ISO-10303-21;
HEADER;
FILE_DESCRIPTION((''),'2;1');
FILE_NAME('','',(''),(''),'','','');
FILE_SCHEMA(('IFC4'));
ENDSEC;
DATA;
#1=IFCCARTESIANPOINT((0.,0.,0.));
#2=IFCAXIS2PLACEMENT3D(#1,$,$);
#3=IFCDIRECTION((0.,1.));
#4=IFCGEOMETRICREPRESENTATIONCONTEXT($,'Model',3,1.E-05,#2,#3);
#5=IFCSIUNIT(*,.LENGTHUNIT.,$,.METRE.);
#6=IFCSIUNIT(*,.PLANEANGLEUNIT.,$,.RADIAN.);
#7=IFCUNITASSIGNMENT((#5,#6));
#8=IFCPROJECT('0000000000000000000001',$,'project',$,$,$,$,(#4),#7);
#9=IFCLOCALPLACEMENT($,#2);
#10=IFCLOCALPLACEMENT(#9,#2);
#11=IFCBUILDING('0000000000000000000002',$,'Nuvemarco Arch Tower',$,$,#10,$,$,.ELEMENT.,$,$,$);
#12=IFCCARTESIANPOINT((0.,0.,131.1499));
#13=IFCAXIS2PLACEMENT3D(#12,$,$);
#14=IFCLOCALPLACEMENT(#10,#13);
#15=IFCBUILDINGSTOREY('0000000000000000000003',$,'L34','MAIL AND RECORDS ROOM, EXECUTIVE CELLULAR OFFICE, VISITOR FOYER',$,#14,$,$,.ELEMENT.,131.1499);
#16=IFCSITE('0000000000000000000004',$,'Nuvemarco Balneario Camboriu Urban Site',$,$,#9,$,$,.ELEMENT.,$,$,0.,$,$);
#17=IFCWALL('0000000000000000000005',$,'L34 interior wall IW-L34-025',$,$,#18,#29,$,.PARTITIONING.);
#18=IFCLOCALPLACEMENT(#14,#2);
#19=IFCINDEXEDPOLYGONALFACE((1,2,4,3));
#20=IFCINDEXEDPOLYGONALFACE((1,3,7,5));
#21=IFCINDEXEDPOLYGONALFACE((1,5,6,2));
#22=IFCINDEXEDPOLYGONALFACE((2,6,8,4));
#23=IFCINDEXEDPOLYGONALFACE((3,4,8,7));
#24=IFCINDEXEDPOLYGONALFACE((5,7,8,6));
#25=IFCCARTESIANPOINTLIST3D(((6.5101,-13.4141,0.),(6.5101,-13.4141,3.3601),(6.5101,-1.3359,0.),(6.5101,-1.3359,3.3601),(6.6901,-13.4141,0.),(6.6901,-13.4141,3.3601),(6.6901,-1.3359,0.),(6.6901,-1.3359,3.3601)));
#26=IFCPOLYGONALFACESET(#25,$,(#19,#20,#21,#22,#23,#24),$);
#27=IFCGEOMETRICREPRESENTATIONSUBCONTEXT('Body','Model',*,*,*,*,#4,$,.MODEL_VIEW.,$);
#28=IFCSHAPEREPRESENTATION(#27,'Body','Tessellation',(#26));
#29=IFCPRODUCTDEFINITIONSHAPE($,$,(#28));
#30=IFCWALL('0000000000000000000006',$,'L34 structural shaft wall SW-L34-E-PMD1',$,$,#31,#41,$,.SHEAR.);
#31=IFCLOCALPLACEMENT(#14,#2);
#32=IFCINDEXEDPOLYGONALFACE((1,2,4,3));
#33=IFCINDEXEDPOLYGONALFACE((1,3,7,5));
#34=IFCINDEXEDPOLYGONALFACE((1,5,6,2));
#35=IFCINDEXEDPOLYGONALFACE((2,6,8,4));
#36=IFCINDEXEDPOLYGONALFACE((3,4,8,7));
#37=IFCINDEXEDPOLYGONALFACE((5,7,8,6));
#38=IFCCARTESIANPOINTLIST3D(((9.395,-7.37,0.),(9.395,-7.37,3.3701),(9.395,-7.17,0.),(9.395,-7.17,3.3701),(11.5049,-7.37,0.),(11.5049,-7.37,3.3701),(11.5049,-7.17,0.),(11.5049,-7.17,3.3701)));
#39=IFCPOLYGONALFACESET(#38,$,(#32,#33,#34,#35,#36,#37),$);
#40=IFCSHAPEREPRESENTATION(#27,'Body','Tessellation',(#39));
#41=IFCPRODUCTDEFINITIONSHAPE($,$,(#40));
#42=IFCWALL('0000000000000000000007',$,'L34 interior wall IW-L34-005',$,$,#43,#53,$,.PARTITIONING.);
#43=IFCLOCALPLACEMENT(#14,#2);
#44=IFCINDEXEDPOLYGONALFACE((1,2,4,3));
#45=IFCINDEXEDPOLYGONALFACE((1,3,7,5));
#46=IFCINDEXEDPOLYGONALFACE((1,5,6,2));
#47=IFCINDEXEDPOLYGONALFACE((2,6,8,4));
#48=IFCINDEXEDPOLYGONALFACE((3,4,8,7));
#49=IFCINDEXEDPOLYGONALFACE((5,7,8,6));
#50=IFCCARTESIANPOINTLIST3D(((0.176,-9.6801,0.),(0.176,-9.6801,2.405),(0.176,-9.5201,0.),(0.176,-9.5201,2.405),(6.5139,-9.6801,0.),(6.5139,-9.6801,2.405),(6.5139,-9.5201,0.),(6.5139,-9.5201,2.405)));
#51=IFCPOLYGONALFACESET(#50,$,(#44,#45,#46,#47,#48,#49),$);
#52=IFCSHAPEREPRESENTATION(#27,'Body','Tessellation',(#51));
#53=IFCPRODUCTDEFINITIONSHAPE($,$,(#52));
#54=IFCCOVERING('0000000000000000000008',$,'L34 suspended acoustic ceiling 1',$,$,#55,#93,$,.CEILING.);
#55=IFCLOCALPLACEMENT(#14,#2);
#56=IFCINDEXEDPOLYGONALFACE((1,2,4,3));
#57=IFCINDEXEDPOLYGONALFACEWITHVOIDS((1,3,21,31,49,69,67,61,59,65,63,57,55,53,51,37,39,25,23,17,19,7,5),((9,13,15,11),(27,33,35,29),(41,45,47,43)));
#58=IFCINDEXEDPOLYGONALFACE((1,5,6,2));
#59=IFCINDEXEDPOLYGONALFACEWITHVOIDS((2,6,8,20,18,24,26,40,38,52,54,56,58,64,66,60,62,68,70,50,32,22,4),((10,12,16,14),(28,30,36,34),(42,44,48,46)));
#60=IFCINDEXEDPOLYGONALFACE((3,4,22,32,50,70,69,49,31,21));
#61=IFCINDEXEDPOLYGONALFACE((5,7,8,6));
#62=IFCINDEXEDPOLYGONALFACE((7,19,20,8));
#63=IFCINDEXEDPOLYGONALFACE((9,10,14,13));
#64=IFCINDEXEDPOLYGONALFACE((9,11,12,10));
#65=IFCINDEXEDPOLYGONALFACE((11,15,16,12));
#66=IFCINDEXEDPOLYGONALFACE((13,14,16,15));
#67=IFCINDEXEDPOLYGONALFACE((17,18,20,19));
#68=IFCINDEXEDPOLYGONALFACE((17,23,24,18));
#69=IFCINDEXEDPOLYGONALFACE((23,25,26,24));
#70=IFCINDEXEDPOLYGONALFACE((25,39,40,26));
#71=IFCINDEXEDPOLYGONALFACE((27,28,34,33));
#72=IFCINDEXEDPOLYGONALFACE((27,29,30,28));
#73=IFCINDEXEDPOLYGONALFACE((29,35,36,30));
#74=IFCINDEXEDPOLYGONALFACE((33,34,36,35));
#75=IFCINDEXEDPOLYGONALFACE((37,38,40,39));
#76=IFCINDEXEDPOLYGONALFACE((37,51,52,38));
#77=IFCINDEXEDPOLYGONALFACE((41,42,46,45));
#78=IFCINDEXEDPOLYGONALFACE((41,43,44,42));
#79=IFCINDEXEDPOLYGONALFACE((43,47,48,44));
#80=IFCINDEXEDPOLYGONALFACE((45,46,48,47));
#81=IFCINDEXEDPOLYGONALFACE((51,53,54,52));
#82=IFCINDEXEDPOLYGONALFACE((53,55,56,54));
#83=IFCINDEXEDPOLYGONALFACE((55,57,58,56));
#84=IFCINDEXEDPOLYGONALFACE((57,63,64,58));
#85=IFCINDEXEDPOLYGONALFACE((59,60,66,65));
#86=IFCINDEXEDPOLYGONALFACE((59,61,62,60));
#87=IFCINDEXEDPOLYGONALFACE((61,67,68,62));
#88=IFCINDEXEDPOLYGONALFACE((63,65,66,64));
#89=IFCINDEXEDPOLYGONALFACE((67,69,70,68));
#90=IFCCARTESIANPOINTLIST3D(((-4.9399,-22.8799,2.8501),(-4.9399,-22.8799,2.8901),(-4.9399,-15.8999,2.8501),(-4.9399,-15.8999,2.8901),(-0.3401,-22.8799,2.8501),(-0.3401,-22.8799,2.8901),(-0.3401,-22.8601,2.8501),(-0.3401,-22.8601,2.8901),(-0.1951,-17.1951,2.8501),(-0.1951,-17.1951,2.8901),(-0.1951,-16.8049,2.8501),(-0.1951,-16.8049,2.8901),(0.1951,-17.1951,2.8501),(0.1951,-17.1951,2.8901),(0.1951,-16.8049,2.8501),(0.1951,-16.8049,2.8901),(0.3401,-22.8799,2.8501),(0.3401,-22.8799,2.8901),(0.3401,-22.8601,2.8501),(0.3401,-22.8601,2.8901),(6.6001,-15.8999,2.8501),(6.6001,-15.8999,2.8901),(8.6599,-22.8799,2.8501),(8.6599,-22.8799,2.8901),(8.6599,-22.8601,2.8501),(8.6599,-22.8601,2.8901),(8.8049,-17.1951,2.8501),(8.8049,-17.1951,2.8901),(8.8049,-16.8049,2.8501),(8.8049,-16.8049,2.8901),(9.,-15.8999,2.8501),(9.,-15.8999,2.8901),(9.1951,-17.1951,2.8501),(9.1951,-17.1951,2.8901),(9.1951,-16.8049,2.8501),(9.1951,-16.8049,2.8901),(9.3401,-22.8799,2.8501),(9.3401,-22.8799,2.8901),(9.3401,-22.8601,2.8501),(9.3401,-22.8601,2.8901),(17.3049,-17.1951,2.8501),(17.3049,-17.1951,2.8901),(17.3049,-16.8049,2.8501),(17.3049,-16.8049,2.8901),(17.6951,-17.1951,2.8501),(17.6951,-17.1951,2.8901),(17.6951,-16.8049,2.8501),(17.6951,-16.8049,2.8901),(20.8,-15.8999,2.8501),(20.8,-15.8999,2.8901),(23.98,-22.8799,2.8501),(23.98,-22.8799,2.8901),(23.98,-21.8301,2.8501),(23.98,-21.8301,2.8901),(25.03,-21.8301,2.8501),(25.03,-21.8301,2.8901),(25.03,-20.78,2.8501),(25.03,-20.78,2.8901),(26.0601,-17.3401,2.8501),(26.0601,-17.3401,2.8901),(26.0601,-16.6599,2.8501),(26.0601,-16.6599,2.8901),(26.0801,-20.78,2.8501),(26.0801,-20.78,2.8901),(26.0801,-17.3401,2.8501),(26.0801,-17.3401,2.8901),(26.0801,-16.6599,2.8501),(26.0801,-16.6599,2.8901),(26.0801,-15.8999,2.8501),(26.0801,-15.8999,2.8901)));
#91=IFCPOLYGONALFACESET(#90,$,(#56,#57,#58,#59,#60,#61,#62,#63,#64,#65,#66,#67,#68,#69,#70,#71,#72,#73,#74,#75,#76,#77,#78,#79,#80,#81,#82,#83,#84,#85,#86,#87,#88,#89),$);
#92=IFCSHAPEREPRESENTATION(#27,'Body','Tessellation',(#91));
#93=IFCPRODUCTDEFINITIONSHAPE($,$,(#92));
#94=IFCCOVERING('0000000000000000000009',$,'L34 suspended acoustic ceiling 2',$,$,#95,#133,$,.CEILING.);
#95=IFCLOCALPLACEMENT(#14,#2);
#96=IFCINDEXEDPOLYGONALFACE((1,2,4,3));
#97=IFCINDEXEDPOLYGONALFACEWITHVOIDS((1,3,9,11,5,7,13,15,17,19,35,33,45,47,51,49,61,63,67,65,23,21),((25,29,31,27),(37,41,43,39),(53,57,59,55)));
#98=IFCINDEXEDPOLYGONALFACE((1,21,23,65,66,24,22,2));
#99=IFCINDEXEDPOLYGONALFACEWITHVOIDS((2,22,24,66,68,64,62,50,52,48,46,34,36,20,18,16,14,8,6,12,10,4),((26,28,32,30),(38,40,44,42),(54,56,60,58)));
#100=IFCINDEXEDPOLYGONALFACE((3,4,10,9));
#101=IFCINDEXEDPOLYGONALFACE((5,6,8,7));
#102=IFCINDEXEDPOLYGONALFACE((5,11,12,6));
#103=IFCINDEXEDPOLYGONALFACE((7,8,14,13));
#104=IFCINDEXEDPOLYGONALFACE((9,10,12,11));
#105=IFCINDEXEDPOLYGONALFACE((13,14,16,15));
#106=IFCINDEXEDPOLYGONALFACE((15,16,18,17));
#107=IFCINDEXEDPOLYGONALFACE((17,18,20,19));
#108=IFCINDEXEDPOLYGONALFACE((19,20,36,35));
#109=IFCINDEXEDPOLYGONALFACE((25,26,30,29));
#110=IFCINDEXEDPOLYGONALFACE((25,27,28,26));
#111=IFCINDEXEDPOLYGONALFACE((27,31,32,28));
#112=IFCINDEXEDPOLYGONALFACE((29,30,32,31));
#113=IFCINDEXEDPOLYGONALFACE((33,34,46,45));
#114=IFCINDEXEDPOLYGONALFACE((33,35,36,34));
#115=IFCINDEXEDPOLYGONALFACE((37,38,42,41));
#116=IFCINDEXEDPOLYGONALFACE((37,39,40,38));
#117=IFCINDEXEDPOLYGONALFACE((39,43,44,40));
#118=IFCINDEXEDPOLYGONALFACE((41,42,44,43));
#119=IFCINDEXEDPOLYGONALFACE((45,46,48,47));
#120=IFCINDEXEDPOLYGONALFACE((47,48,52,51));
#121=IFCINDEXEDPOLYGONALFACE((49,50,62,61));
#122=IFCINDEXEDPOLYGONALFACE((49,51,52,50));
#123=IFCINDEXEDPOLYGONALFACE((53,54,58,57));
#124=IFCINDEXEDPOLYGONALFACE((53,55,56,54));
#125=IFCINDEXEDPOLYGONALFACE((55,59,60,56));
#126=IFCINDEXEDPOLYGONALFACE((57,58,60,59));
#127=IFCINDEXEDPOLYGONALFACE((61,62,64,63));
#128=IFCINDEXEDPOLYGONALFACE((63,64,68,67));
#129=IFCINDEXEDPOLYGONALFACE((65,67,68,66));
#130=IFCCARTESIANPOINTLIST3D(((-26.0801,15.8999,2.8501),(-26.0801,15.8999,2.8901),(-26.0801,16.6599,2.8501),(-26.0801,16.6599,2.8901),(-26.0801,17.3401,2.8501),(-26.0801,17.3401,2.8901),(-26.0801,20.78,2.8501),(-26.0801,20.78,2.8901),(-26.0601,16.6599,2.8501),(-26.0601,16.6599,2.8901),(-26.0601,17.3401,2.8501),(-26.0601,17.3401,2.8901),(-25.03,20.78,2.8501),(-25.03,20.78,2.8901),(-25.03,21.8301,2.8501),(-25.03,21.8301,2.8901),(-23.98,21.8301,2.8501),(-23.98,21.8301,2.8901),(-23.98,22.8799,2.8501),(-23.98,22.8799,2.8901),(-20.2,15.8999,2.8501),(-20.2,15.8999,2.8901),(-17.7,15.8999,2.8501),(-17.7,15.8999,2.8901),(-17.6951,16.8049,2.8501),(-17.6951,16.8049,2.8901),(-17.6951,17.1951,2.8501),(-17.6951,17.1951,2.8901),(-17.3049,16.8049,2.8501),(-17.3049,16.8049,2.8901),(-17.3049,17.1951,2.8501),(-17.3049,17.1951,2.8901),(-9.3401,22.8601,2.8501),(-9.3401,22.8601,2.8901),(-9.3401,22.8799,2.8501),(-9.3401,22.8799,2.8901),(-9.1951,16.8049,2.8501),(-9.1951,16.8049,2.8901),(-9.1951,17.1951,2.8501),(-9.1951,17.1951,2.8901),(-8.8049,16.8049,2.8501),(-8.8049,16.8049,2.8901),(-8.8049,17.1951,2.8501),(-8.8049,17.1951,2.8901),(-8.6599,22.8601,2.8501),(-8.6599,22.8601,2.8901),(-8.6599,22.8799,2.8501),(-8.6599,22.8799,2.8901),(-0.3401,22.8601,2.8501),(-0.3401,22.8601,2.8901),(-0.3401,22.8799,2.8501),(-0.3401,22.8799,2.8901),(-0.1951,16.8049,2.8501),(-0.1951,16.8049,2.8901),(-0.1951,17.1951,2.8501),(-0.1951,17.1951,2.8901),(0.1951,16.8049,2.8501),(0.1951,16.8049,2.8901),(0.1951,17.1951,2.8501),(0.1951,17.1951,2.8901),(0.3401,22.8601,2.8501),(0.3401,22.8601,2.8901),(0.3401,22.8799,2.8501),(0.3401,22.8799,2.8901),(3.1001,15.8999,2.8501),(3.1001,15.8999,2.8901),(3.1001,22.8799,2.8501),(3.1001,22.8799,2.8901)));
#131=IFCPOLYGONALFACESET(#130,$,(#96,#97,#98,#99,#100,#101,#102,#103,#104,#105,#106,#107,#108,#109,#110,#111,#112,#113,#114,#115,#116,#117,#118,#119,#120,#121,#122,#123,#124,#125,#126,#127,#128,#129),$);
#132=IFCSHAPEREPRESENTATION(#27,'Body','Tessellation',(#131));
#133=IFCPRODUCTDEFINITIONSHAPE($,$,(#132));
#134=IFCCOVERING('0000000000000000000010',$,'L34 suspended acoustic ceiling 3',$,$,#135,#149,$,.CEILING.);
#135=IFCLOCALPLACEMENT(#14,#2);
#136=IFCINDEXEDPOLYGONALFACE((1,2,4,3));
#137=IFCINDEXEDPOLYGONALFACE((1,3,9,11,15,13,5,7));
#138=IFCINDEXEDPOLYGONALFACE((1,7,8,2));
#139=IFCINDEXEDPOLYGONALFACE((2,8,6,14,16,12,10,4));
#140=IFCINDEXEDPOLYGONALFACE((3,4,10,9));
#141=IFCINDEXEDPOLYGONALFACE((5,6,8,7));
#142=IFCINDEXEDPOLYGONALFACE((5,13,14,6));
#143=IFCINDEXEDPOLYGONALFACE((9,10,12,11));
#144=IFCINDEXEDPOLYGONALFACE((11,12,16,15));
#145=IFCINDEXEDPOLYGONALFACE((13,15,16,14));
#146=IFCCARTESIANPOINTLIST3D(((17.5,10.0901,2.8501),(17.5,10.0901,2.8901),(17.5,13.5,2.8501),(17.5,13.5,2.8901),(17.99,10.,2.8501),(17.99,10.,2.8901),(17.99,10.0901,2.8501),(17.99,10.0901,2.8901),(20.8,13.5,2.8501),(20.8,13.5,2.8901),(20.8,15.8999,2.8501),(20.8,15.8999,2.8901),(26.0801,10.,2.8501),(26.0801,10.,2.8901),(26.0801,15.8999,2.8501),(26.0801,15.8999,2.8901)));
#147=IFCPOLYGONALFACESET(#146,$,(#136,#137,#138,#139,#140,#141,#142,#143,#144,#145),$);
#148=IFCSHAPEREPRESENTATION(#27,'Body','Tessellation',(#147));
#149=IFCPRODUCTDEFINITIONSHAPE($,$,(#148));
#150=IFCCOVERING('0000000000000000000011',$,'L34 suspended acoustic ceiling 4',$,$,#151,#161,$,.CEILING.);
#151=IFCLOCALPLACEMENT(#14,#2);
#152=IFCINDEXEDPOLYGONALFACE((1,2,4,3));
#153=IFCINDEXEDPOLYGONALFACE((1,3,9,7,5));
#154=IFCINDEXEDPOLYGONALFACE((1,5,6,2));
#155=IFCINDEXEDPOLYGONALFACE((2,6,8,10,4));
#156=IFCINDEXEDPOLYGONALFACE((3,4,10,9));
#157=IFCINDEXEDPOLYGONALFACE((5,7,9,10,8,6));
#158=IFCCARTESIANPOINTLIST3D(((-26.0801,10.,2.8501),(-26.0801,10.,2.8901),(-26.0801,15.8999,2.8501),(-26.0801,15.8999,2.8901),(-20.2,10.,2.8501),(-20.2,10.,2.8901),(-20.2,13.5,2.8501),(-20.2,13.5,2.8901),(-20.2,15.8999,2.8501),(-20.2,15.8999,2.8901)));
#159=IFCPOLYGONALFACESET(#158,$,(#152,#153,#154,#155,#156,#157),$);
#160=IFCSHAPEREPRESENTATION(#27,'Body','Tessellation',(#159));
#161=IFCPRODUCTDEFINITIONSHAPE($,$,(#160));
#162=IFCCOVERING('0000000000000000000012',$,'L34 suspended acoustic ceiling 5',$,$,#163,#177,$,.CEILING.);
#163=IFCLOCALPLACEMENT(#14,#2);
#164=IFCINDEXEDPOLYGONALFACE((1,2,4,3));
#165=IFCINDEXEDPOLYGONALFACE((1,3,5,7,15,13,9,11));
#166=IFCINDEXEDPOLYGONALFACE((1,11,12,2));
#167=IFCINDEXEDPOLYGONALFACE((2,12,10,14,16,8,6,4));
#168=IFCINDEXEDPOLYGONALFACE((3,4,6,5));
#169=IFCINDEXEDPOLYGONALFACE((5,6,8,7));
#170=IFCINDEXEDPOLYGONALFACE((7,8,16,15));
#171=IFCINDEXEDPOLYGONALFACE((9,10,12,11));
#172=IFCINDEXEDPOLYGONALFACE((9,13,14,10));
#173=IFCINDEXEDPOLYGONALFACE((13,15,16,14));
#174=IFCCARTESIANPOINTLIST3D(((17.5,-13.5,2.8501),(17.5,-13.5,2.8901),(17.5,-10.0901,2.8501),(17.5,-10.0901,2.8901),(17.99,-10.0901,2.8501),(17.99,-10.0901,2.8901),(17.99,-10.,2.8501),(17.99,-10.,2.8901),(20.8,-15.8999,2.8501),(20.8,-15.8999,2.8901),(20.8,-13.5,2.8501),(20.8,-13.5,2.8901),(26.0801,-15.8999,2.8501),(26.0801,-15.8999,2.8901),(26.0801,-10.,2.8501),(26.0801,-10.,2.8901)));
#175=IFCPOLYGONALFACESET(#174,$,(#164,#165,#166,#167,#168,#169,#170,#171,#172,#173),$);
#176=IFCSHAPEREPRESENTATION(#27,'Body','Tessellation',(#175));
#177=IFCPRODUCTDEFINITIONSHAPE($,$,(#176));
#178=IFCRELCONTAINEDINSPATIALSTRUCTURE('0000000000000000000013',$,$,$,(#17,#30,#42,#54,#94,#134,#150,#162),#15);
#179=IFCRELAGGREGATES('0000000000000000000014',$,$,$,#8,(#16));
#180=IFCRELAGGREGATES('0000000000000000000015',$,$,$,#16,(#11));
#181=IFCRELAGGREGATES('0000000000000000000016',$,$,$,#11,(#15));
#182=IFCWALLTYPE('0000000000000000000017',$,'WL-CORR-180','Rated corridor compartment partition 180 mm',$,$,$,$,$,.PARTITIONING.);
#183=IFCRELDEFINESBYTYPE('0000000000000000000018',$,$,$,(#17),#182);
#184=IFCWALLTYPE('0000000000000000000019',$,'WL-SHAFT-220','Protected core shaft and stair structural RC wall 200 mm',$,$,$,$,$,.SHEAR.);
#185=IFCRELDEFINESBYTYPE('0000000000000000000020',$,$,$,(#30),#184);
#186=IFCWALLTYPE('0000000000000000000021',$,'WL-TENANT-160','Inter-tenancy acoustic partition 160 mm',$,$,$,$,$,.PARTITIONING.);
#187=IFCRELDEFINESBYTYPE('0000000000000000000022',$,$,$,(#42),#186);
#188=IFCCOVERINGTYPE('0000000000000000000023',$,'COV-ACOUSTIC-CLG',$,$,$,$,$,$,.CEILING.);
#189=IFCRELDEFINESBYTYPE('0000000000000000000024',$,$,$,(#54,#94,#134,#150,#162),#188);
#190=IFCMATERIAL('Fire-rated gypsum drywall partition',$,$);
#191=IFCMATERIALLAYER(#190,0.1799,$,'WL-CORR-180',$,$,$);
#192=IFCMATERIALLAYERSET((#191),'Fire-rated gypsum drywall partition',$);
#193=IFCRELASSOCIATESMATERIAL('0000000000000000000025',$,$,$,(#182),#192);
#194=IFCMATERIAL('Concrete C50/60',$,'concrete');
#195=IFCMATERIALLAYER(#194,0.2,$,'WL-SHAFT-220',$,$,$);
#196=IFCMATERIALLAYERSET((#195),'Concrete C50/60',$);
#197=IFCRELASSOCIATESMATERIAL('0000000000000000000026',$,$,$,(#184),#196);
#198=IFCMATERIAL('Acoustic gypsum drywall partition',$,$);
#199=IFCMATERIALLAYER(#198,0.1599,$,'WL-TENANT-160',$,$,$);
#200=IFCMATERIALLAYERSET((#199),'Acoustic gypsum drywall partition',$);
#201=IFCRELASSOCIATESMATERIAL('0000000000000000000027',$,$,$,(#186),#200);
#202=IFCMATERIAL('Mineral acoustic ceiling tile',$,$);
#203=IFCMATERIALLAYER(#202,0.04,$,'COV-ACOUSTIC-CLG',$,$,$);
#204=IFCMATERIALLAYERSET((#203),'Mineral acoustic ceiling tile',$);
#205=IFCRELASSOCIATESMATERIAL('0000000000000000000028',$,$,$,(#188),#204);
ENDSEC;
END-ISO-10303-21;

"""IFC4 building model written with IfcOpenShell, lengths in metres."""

from ifc_helpers import new_model, si_unit, direction, frame, frame_2d, origin, place, context, subcontext, project, spatial, polyline, rectangle, outline, extrude, material, layer, layer_set, type_object, element, save


model = new_model("IFC4")

# Units and contexts
model_context = context("Model", 3, precision=1e-05, world=origin(), true_north=direction((0.0, 1.0)))
body_context = subcontext(model_context, "Body", "Model", "MODEL_VIEW")
ifc_project = project(units=[si_unit("LENGTHUNIT", "METRE"), si_unit("PLANEANGLEUNIT", "RADIAN")], contexts=[model_context])

# Site, building, storey
site_placement = place(None, origin())
site = spatial("IfcSite", under=ifc_project, at=site_placement, Name="Nuvemarco Balneario Camboriu Urban Site", CompositionType="ELEMENT", RefElevation=0.0)
building_placement = place(site_placement, origin())
building = spatial("IfcBuilding", under=site, at=building_placement, Name="Nuvemarco Arch Tower", CompositionType="ELEMENT")
storey_placement = place(building_placement, frame((0.0, 0.0, 131.1499)))
storey = spatial("IfcBuildingStorey", under=building, at=storey_placement, Name="L34", Description="MAIL AND RECORDS ROOM, EXECUTIVE CELLULAR OFFICE, VISITOR FOYER", CompositionType="ELEMENT", Elevation=131.1499)

# Shared definitions
ifc_material_1 = material(Name="Concrete C50/60", Category="concrete")

# Walls
ifc_material_2 = material(Name="Fire-rated gypsum drywall partition")
ifc_layer_1 = layer(ifc_material_2, 0.1799, Name="WL-CORR-180")
ifc_layer_set_1 = layer_set([ifc_layer_1], Name="Fire-rated gypsum drywall partition")
wall_type_1 = type_object("IfcWallType", Name="WL-CORR-180", Description="Rated corridor compartment partition 180 mm", PredefinedType="PARTITIONING", material=ifc_layer_set_1)
wall_1_placement = place(storey_placement, frame((6.6001, -13.4141, 0.0), z_axis=(0.0, 0.0, 1.0), x_axis=(0.0, 1.0, 0.0)))
element("IfcWall", 1, at=wall_1_placement, inside=storey, type_object=wall_type_1, Name="L34 interior wall IW-L34-025", PredefinedType="PARTITIONING", context=body_context, shape_type="SweptSolid", body=[
    extrude(rectangle(XDim=12.0781, YDim=0.1799, at=frame_2d((6.0391, 0.0))), origin(), (0.0, 0.0, 1.0), 3.3601),
])
ifc_layer_2 = layer(ifc_material_1, 0.2, Name="WL-SHAFT-220")
ifc_layer_set_2 = layer_set([ifc_layer_2], Name="Concrete C50/60")
wall_type_2 = type_object("IfcWallType", Name="WL-SHAFT-220", Description="Protected core shaft and stair structural RC wall 200 mm", PredefinedType="SHEAR", material=ifc_layer_set_2)
wall_2_placement = place(storey_placement, frame((9.395, -7.27, 0.0), z_axis=(0.0, 0.0, 1.0), x_axis=(1.0, 0.0, 0.0)))
element("IfcWall", 2, at=wall_2_placement, inside=storey, type_object=wall_type_2, Name="L34 structural shaft wall SW-L34-E-PMD1", PredefinedType="SHEAR", context=body_context, shape_type="SweptSolid", body=[
    extrude(rectangle(XDim=2.1099, YDim=0.2, at=frame_2d((1.0549, 0.0))), origin(), (0.0, 0.0, 1.0), 3.3701),
])
ifc_material_3 = material(Name="Acoustic gypsum drywall partition")
ifc_layer_3 = layer(ifc_material_3, 0.1599, Name="WL-TENANT-160")
ifc_layer_set_3 = layer_set([ifc_layer_3], Name="Acoustic gypsum drywall partition")
wall_type_3 = type_object("IfcWallType", Name="WL-TENANT-160", Description="Inter-tenancy acoustic partition 160 mm", PredefinedType="PARTITIONING", material=ifc_layer_set_3)
wall_3_placement = place(storey_placement, frame((0.176, -9.6001, 0.0), z_axis=(0.0, 0.0, 1.0), x_axis=(1.0, 0.0, 0.0)))
element("IfcWall", 3, at=wall_3_placement, inside=storey, type_object=wall_type_3, Name="L34 interior wall IW-L34-005", PredefinedType="PARTITIONING", context=body_context, shape_type="SweptSolid", body=[
    extrude(rectangle(XDim=6.3379, YDim=0.1599, at=frame_2d((3.1689, 0.0))), origin(), (0.0, 0.0, 1.0), 2.405),
])

# Coverings
ifc_material_4 = material(Name="Mineral acoustic ceiling tile")
ifc_layer_4 = layer(ifc_material_4, 0.04, Name="COV-ACOUSTIC-CLG")
ifc_layer_set_4 = layer_set([ifc_layer_4], Name="Mineral acoustic ceiling tile")
covering_type = type_object("IfcCoveringType", Name="COV-ACOUSTIC-CLG", PredefinedType="CEILING", material=ifc_layer_set_4)
covering_1_placement = place(storey_placement, frame((0.0, 0.0, 2.8501)))
element("IfcCovering", 4, at=covering_1_placement, inside=storey, type_object=covering_type, Name="L34 suspended acoustic ceiling 1", PredefinedType="CEILING", context=body_context, shape_type="SweptSolid", body=[
    extrude(outline(polyline([(23.98, -22.8799), (9.3401, -22.8799), (9.3401, -22.8601), (8.6599, -22.8601), (8.6599, -22.8799), (0.3401, -22.8799), (0.3401, -22.8601), (-0.3401, -22.8601), (-0.3401, -22.8799), (-4.9399, -22.8799), (-4.9399, -15.8999), (6.6001, -15.8999), (9.0, -15.8999), (20.8, -15.8999), (26.0801, -15.8999), (26.0801, -16.6599), (26.0601, -16.6599), (26.0601, -17.3401), (26.0801, -17.3401), (26.0801, -20.78), (25.03, -20.78), (25.03, -21.8301), (23.98, -21.8301), (23.98, -22.8799)]), holes=[polyline([(0.1951, -17.1951), (0.1951, -16.8049), (-0.1951, -16.8049), (-0.1951, -17.1951), (0.1951, -17.1951)]), polyline([(9.1951, -17.1951), (9.1951, -16.8049), (8.8049, -16.8049), (8.8049, -17.1951), (9.1951, -17.1951)]), polyline([(17.6951, -17.1951), (17.6951, -16.8049), (17.3049, -16.8049), (17.3049, -17.1951), (17.6951, -17.1951)])]), origin(), (0.0, 0.0, 1.0), 0.04),
])
covering_2_placement = place(storey_placement, frame((0.0, 0.0, 2.8501)))
element("IfcCovering", 5, at=covering_2_placement, inside=storey, type_object=covering_type, Name="L34 suspended acoustic ceiling 2", PredefinedType="CEILING", context=body_context, shape_type="SweptSolid", body=[
    extrude(outline(polyline([(-26.0601, 16.6599), (-26.0601, 17.3401), (-26.0801, 17.3401), (-26.0801, 20.78), (-25.03, 20.78), (-25.03, 21.8301), (-23.98, 21.8301), (-23.98, 22.8799), (-9.3401, 22.8799), (-9.3401, 22.8601), (-8.6599, 22.8601), (-8.6599, 22.8799), (-0.3401, 22.8799), (-0.3401, 22.8601), (0.3401, 22.8601), (0.3401, 22.8799), (3.1001, 22.8799), (3.1001, 15.8999), (-17.7, 15.8999), (-20.2, 15.8999), (-26.0801, 15.8999), (-26.0801, 16.6599), (-26.0601, 16.6599)]), holes=[polyline([(-17.3049, 16.8049), (-17.3049, 17.1951), (-17.6951, 17.1951), (-17.6951, 16.8049), (-17.3049, 16.8049)]), polyline([(-8.8049, 16.8049), (-8.8049, 17.1951), (-9.1951, 17.1951), (-9.1951, 16.8049), (-8.8049, 16.8049)]), polyline([(0.1951, 16.8049), (0.1951, 17.1951), (-0.1951, 17.1951), (-0.1951, 16.8049), (0.1951, 16.8049)])]), origin(), (0.0, 0.0, 1.0), 0.04),
])
covering_3_placement = place(storey_placement, frame((0.0, 0.0, 2.8501)))
element("IfcCovering", 6, at=covering_3_placement, inside=storey, type_object=covering_type, Name="L34 suspended acoustic ceiling 3", PredefinedType="CEILING", context=body_context, shape_type="SweptSolid", body=[
    extrude(outline(polyline([(17.99, 10.0901), (17.5, 10.0901), (17.5, 13.5), (20.8, 13.5), (20.8, 15.8999), (26.0801, 15.8999), (26.0801, 10.0), (17.99, 10.0), (17.99, 10.0901)])), origin(), (0.0, 0.0, 1.0), 0.04),
])
covering_4_placement = place(storey_placement, frame((0.0, 0.0, 2.8501)))
element("IfcCovering", 7, at=covering_4_placement, inside=storey, type_object=covering_type, Name="L34 suspended acoustic ceiling 4", PredefinedType="CEILING", context=body_context, shape_type="SweptSolid", body=[
    extrude(outline(polyline([(-26.0801, 15.8999), (-20.2, 15.8999), (-20.2, 13.5), (-20.2, 10.0), (-26.0801, 10.0), (-26.0801, 15.8999)])), origin(), (0.0, 0.0, 1.0), 0.04),
])
covering_5_placement = place(storey_placement, frame((0.0, 0.0, 2.8501)))
element("IfcCovering", 8, at=covering_5_placement, inside=storey, type_object=covering_type, Name="L34 suspended acoustic ceiling 5", PredefinedType="CEILING", context=body_context, shape_type="SweptSolid", body=[
    extrude(outline(polyline([(17.5, -10.0901), (17.99, -10.0901), (17.99, -10.0), (26.0801, -10.0), (26.0801, -15.8999), (20.8, -15.8999), (20.8, -13.5), (17.5, -13.5), (17.5, -10.0901)])), origin(), (0.0, 0.0, 1.0), 0.04),
])

save(model, "model.ifc")
